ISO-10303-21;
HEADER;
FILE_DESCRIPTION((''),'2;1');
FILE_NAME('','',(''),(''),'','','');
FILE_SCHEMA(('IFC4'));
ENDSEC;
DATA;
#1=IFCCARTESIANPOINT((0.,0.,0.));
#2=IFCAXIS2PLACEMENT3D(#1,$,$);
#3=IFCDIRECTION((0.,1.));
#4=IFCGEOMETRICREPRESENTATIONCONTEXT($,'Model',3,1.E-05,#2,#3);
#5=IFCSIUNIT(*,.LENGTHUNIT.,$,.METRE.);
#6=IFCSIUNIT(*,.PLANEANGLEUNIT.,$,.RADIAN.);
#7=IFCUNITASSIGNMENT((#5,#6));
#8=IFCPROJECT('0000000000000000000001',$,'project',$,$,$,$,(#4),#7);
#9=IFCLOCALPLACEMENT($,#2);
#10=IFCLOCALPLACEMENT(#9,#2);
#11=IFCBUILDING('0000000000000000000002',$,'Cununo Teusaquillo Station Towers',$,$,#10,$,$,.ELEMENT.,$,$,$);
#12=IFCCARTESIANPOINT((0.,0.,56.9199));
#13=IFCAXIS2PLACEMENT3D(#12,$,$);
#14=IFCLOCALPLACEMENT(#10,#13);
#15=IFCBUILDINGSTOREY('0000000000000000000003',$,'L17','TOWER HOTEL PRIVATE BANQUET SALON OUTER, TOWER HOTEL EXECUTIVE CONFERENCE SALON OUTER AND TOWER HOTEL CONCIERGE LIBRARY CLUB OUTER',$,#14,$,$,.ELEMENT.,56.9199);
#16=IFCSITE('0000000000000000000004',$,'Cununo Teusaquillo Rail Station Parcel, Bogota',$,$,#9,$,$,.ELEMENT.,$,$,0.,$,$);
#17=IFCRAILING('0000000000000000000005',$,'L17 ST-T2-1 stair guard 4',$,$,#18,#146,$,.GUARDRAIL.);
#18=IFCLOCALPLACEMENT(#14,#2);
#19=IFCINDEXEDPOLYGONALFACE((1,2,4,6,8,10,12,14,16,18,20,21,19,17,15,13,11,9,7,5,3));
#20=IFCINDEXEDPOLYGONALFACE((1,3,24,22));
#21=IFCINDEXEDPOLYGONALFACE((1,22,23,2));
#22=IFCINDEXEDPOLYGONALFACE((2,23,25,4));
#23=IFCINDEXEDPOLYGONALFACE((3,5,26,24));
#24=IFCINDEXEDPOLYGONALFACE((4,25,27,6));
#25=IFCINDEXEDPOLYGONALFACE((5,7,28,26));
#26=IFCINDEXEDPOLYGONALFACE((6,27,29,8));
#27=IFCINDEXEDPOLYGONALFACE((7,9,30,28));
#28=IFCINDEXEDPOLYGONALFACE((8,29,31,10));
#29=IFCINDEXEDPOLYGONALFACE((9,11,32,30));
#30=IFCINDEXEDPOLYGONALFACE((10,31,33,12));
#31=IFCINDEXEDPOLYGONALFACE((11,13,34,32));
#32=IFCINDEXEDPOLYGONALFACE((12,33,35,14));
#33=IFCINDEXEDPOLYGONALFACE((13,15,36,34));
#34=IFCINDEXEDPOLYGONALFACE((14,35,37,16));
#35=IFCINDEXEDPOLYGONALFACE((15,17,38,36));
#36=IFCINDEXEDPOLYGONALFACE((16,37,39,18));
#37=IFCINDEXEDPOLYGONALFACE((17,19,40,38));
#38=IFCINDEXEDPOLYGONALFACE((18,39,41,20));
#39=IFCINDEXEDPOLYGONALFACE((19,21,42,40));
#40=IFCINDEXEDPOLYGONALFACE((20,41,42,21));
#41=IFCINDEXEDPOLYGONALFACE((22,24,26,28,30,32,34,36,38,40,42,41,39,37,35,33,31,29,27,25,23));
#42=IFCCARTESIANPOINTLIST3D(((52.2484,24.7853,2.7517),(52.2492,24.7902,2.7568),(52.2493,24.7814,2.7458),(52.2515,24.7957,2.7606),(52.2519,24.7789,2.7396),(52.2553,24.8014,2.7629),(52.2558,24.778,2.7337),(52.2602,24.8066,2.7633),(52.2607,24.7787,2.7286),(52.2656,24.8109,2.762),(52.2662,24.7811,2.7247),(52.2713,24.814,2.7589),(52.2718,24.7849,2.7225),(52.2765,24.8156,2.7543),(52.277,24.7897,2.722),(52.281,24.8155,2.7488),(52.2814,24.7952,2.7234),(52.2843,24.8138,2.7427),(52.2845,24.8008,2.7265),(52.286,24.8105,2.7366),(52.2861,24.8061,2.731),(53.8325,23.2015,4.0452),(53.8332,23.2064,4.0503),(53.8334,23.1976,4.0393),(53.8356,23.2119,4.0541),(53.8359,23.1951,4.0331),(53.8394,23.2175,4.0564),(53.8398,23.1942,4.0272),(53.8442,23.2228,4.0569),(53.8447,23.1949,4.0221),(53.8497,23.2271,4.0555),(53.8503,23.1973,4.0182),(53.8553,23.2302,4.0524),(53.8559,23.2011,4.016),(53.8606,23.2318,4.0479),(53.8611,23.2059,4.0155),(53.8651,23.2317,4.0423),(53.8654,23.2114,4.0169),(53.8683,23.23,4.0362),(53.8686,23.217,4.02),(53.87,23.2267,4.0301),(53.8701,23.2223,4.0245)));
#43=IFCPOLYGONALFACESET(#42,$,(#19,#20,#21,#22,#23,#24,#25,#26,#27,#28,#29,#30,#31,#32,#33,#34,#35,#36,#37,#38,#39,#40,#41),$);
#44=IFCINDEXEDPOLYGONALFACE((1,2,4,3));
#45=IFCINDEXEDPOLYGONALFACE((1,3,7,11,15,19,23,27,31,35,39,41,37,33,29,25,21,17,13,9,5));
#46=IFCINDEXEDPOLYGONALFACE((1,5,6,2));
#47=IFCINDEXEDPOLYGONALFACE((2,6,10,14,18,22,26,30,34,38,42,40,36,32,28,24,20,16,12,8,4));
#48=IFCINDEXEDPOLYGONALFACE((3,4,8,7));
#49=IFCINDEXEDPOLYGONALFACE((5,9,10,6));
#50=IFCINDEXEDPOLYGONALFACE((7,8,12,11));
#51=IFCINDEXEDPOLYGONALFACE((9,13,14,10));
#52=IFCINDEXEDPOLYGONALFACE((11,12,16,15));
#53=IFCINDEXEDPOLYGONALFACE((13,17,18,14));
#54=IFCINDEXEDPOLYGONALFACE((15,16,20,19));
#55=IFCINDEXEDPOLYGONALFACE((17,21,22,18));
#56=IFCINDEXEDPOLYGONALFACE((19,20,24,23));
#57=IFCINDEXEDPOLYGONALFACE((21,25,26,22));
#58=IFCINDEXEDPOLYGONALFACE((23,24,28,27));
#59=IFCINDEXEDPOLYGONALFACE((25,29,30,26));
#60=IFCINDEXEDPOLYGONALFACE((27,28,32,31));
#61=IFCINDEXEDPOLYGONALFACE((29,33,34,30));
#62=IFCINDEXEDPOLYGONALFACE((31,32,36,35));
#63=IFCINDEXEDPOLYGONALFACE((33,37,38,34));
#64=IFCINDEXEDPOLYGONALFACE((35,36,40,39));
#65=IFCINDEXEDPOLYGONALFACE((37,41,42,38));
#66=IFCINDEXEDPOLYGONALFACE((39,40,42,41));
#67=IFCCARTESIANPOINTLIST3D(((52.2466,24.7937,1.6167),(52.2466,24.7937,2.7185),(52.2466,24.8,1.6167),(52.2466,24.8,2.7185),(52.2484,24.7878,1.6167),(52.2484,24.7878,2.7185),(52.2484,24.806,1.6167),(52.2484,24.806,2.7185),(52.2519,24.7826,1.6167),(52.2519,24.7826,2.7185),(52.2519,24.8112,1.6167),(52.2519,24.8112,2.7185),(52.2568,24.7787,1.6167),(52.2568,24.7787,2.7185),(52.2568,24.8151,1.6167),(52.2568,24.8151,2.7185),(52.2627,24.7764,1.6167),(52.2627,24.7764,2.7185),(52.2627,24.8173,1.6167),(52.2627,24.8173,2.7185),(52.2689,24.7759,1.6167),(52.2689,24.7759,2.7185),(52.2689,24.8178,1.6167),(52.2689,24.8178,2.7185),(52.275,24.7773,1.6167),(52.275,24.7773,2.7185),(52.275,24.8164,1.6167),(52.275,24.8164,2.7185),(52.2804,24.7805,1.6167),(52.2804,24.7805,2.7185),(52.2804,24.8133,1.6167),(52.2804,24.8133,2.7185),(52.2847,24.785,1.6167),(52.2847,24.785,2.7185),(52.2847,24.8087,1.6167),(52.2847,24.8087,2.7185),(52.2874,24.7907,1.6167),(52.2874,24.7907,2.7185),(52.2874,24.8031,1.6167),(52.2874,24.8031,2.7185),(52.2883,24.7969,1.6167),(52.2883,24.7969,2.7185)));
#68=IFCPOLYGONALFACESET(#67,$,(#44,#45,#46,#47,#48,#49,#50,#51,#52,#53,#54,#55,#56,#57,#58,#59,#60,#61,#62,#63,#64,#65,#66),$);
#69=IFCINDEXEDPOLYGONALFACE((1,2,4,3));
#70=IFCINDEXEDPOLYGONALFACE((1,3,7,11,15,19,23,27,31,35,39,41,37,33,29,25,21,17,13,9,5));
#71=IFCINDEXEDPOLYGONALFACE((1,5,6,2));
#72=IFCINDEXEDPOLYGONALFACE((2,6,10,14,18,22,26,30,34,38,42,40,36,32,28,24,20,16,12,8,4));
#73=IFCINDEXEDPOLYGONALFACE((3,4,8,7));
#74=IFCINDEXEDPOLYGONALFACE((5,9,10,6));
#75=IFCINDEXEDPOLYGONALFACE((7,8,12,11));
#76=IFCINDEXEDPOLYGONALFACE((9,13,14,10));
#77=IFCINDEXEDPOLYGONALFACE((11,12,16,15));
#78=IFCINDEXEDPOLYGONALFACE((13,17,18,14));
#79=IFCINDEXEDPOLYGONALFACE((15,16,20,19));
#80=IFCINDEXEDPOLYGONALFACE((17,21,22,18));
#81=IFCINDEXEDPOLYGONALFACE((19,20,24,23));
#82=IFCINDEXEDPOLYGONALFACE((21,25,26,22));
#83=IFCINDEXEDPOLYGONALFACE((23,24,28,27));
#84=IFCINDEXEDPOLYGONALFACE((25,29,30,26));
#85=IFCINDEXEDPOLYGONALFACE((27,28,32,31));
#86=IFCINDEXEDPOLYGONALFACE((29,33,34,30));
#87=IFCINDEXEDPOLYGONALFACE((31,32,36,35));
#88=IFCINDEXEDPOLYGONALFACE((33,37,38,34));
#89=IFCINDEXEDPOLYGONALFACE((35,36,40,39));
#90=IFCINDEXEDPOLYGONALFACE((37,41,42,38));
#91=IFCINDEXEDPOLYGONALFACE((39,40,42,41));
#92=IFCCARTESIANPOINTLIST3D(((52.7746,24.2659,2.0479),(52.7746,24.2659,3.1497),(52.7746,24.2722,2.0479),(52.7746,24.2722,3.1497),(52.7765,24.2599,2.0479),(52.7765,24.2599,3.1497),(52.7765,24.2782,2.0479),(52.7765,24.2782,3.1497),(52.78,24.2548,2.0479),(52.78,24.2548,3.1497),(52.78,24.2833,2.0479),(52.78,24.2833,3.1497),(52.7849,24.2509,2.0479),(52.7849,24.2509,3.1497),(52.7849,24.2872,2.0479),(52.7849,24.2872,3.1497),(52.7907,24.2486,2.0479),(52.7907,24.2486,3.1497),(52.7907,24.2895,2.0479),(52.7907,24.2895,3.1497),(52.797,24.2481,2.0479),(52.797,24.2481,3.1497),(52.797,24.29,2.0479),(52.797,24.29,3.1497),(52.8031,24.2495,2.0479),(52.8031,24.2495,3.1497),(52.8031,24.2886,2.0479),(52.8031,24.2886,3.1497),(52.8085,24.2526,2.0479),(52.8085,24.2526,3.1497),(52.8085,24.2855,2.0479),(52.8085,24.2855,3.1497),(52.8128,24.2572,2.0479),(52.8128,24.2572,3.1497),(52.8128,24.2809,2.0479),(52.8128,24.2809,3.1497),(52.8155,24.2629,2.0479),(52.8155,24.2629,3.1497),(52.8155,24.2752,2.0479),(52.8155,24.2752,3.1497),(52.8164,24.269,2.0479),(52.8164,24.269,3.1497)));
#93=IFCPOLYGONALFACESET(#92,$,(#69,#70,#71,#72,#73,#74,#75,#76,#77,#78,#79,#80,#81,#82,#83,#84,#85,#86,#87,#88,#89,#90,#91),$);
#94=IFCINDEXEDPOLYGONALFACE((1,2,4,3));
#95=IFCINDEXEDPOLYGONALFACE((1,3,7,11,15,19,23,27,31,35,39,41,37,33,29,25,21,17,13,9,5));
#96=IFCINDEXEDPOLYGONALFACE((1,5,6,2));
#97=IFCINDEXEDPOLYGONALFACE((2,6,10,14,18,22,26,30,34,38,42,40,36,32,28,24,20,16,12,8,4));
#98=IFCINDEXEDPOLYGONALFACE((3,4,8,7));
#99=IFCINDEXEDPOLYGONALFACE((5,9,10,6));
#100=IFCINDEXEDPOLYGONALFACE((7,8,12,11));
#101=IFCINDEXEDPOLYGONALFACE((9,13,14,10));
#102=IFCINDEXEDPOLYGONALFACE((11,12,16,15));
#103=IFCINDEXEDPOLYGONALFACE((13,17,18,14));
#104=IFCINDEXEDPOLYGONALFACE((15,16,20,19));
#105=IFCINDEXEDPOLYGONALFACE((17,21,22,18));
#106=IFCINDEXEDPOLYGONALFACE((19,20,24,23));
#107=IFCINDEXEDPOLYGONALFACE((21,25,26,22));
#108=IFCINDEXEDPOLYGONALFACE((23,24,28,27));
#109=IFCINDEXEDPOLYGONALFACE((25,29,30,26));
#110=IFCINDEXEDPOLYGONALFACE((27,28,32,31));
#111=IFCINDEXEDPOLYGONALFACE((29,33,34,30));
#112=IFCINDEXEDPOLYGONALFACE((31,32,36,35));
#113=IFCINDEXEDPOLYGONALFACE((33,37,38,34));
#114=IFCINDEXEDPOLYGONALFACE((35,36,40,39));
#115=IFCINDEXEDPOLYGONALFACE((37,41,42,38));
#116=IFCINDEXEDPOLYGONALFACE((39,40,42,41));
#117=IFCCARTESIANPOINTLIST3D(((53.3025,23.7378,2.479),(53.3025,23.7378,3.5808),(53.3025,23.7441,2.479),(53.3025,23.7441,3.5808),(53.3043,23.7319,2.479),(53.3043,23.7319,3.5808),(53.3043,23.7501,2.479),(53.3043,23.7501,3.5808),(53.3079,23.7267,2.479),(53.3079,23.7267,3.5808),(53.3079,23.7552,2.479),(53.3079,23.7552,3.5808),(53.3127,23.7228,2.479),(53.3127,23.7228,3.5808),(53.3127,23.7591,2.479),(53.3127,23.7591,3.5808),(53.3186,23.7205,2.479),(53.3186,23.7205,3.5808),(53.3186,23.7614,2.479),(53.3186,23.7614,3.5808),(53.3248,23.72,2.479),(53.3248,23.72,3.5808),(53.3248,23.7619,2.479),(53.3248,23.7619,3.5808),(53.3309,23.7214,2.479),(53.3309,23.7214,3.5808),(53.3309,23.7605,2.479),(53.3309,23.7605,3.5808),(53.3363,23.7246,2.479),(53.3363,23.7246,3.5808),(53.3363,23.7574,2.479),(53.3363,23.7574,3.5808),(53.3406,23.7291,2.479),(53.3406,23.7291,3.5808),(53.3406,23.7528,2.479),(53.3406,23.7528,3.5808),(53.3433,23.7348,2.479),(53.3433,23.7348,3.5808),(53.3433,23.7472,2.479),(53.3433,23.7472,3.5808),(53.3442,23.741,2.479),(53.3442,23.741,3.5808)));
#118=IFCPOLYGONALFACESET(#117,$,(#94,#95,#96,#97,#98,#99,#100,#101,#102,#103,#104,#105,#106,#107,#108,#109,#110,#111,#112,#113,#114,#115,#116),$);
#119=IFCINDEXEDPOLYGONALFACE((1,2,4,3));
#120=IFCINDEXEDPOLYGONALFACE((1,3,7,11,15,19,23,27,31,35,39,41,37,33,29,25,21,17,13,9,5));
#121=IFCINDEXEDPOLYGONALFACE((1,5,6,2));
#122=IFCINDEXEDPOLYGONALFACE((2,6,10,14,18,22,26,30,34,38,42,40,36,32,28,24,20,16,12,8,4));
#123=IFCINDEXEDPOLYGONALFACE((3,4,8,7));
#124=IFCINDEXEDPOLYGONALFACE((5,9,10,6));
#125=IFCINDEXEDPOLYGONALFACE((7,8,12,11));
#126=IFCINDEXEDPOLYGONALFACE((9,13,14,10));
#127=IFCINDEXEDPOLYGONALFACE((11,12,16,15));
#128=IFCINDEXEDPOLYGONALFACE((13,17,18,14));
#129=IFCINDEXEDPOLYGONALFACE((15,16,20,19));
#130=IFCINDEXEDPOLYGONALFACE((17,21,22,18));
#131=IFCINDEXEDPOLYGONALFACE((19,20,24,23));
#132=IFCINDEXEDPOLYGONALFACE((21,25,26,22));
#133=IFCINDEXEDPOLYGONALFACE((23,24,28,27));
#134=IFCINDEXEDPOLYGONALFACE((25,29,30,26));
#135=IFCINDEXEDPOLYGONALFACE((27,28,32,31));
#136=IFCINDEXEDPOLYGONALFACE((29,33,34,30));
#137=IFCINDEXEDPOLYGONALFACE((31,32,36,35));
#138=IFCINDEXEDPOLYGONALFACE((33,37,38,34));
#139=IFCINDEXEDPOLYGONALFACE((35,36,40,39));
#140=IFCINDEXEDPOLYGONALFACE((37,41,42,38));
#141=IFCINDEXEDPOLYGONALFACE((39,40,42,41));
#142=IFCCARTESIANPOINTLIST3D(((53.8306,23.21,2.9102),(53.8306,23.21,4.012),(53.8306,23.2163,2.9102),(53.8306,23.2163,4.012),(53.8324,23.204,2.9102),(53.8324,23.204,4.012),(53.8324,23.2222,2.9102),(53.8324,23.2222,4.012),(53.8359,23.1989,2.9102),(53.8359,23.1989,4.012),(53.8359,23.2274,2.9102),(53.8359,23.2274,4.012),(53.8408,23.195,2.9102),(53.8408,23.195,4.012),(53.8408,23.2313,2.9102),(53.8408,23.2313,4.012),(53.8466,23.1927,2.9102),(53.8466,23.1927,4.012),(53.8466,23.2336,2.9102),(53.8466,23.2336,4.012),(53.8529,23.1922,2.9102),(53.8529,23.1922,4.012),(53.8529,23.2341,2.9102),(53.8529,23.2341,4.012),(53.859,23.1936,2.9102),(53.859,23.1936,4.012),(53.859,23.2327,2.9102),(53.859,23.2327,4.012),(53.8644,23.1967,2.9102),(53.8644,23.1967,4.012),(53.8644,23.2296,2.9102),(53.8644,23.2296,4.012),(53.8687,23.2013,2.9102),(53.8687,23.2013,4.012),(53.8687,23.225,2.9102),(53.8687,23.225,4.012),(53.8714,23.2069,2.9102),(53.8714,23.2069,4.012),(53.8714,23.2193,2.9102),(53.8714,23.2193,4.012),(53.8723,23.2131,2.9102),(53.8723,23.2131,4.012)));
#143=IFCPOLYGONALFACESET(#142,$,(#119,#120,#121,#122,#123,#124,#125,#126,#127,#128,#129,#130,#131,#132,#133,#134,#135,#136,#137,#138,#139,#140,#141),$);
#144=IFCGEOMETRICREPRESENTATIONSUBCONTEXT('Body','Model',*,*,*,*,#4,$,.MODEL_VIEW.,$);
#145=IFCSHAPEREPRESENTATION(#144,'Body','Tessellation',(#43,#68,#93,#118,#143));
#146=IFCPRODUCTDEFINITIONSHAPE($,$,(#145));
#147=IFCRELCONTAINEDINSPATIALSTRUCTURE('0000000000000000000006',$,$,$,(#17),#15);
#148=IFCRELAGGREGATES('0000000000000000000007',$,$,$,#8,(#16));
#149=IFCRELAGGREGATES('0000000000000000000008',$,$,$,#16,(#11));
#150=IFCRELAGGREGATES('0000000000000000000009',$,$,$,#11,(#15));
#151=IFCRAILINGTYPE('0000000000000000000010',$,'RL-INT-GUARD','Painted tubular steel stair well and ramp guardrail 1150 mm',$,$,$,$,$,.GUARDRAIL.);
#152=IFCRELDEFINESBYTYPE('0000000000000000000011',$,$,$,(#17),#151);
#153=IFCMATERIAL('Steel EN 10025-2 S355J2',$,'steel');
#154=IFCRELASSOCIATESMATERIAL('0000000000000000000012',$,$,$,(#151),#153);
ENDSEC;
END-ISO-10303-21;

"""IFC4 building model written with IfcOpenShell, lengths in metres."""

from ifc_helpers import new_model, si_unit, direction, frame, origin, origin_2d, place, context, subcontext, project, spatial, circle, extrude, material, type_object, element, save


model = new_model("IFC4")

# Units and contexts
model_context = context("Model", 3, precision=1e-05, world=origin(), true_north=direction((0.0, 1.0)))
body_context = subcontext(model_context, "Body", "Model", "MODEL_VIEW")
ifc_project = project(units=[si_unit("LENGTHUNIT", "METRE"), si_unit("PLANEANGLEUNIT", "RADIAN")], contexts=[model_context])

# Site, building, storey
site_placement = place(None, origin())
site = spatial("IfcSite", under=ifc_project, at=site_placement, Name="Cununo Teusaquillo Rail Station Parcel, Bogota", CompositionType="ELEMENT", RefElevation=0.0)
building_placement = place(site_placement, origin())
building = spatial("IfcBuilding", under=site, at=building_placement, Name="Cununo Teusaquillo Station Towers", CompositionType="ELEMENT")
storey_placement = place(building_placement, frame((0.0, 0.0, 56.9199)))
storey = spatial("IfcBuildingStorey", under=building, at=storey_placement, Name="L17", Description="TOWER HOTEL PRIVATE BANQUET SALON OUTER, TOWER HOTEL EXECUTIVE CONFERENCE SALON OUTER AND TOWER HOTEL CONCIERGE LIBRARY CLUB OUTER", CompositionType="ELEMENT", Elevation=56.9199)

# Railing
ifc_material_1 = material(Name="Steel EN 10025-2 S355J2", Category="steel")
railing_type_1 = type_object("IfcRailingType", Name="RL-INT-GUARD", Description="Painted tubular steel stair well and ramp guardrail 1150 mm", PredefinedType="GUARDRAIL", material=ifc_material_1)
railing_1_placement = place(storey_placement, frame((52.2673, 24.7969, 1.6167)))
element("IfcRailing", 1, at=railing_1_placement, inside=storey, type_object=railing_type_1, Name="L17 ST-T2-1 stair guard 4", PredefinedType="GUARDRAIL", context=body_context, shape_type="SweptSolid", body=[
    extrude(circle(Radius=0.0239, at=origin_2d()), frame((0.0, 0.0, 1.126), z_axis=(0.612391, -0.612297, 0.500069), x_axis=(0.707052, 0.707161, 0.0)), (0.0, 0.0, 1.0), 2.5867),
    extrude(circle(Radius=0.021, at=origin_2d()), origin(), (0.0, 0.0, 1.0), 1.1018),
    extrude(circle(Radius=0.021, at=origin_2d()), frame((0.5281, -0.5278, 0.4312)), (0.0, 0.0, 1.0), 1.1018),
    extrude(circle(Radius=0.021, at=origin_2d()), frame((1.0559, -1.0559, 0.8623)), (0.0, 0.0, 1.0), 1.1018),
    extrude(circle(Radius=0.021, at=origin_2d()), frame((1.584, -1.5837, 1.2935)), (0.0, 0.0, 1.0), 1.1018),
])

save(model, "model.ifc")
